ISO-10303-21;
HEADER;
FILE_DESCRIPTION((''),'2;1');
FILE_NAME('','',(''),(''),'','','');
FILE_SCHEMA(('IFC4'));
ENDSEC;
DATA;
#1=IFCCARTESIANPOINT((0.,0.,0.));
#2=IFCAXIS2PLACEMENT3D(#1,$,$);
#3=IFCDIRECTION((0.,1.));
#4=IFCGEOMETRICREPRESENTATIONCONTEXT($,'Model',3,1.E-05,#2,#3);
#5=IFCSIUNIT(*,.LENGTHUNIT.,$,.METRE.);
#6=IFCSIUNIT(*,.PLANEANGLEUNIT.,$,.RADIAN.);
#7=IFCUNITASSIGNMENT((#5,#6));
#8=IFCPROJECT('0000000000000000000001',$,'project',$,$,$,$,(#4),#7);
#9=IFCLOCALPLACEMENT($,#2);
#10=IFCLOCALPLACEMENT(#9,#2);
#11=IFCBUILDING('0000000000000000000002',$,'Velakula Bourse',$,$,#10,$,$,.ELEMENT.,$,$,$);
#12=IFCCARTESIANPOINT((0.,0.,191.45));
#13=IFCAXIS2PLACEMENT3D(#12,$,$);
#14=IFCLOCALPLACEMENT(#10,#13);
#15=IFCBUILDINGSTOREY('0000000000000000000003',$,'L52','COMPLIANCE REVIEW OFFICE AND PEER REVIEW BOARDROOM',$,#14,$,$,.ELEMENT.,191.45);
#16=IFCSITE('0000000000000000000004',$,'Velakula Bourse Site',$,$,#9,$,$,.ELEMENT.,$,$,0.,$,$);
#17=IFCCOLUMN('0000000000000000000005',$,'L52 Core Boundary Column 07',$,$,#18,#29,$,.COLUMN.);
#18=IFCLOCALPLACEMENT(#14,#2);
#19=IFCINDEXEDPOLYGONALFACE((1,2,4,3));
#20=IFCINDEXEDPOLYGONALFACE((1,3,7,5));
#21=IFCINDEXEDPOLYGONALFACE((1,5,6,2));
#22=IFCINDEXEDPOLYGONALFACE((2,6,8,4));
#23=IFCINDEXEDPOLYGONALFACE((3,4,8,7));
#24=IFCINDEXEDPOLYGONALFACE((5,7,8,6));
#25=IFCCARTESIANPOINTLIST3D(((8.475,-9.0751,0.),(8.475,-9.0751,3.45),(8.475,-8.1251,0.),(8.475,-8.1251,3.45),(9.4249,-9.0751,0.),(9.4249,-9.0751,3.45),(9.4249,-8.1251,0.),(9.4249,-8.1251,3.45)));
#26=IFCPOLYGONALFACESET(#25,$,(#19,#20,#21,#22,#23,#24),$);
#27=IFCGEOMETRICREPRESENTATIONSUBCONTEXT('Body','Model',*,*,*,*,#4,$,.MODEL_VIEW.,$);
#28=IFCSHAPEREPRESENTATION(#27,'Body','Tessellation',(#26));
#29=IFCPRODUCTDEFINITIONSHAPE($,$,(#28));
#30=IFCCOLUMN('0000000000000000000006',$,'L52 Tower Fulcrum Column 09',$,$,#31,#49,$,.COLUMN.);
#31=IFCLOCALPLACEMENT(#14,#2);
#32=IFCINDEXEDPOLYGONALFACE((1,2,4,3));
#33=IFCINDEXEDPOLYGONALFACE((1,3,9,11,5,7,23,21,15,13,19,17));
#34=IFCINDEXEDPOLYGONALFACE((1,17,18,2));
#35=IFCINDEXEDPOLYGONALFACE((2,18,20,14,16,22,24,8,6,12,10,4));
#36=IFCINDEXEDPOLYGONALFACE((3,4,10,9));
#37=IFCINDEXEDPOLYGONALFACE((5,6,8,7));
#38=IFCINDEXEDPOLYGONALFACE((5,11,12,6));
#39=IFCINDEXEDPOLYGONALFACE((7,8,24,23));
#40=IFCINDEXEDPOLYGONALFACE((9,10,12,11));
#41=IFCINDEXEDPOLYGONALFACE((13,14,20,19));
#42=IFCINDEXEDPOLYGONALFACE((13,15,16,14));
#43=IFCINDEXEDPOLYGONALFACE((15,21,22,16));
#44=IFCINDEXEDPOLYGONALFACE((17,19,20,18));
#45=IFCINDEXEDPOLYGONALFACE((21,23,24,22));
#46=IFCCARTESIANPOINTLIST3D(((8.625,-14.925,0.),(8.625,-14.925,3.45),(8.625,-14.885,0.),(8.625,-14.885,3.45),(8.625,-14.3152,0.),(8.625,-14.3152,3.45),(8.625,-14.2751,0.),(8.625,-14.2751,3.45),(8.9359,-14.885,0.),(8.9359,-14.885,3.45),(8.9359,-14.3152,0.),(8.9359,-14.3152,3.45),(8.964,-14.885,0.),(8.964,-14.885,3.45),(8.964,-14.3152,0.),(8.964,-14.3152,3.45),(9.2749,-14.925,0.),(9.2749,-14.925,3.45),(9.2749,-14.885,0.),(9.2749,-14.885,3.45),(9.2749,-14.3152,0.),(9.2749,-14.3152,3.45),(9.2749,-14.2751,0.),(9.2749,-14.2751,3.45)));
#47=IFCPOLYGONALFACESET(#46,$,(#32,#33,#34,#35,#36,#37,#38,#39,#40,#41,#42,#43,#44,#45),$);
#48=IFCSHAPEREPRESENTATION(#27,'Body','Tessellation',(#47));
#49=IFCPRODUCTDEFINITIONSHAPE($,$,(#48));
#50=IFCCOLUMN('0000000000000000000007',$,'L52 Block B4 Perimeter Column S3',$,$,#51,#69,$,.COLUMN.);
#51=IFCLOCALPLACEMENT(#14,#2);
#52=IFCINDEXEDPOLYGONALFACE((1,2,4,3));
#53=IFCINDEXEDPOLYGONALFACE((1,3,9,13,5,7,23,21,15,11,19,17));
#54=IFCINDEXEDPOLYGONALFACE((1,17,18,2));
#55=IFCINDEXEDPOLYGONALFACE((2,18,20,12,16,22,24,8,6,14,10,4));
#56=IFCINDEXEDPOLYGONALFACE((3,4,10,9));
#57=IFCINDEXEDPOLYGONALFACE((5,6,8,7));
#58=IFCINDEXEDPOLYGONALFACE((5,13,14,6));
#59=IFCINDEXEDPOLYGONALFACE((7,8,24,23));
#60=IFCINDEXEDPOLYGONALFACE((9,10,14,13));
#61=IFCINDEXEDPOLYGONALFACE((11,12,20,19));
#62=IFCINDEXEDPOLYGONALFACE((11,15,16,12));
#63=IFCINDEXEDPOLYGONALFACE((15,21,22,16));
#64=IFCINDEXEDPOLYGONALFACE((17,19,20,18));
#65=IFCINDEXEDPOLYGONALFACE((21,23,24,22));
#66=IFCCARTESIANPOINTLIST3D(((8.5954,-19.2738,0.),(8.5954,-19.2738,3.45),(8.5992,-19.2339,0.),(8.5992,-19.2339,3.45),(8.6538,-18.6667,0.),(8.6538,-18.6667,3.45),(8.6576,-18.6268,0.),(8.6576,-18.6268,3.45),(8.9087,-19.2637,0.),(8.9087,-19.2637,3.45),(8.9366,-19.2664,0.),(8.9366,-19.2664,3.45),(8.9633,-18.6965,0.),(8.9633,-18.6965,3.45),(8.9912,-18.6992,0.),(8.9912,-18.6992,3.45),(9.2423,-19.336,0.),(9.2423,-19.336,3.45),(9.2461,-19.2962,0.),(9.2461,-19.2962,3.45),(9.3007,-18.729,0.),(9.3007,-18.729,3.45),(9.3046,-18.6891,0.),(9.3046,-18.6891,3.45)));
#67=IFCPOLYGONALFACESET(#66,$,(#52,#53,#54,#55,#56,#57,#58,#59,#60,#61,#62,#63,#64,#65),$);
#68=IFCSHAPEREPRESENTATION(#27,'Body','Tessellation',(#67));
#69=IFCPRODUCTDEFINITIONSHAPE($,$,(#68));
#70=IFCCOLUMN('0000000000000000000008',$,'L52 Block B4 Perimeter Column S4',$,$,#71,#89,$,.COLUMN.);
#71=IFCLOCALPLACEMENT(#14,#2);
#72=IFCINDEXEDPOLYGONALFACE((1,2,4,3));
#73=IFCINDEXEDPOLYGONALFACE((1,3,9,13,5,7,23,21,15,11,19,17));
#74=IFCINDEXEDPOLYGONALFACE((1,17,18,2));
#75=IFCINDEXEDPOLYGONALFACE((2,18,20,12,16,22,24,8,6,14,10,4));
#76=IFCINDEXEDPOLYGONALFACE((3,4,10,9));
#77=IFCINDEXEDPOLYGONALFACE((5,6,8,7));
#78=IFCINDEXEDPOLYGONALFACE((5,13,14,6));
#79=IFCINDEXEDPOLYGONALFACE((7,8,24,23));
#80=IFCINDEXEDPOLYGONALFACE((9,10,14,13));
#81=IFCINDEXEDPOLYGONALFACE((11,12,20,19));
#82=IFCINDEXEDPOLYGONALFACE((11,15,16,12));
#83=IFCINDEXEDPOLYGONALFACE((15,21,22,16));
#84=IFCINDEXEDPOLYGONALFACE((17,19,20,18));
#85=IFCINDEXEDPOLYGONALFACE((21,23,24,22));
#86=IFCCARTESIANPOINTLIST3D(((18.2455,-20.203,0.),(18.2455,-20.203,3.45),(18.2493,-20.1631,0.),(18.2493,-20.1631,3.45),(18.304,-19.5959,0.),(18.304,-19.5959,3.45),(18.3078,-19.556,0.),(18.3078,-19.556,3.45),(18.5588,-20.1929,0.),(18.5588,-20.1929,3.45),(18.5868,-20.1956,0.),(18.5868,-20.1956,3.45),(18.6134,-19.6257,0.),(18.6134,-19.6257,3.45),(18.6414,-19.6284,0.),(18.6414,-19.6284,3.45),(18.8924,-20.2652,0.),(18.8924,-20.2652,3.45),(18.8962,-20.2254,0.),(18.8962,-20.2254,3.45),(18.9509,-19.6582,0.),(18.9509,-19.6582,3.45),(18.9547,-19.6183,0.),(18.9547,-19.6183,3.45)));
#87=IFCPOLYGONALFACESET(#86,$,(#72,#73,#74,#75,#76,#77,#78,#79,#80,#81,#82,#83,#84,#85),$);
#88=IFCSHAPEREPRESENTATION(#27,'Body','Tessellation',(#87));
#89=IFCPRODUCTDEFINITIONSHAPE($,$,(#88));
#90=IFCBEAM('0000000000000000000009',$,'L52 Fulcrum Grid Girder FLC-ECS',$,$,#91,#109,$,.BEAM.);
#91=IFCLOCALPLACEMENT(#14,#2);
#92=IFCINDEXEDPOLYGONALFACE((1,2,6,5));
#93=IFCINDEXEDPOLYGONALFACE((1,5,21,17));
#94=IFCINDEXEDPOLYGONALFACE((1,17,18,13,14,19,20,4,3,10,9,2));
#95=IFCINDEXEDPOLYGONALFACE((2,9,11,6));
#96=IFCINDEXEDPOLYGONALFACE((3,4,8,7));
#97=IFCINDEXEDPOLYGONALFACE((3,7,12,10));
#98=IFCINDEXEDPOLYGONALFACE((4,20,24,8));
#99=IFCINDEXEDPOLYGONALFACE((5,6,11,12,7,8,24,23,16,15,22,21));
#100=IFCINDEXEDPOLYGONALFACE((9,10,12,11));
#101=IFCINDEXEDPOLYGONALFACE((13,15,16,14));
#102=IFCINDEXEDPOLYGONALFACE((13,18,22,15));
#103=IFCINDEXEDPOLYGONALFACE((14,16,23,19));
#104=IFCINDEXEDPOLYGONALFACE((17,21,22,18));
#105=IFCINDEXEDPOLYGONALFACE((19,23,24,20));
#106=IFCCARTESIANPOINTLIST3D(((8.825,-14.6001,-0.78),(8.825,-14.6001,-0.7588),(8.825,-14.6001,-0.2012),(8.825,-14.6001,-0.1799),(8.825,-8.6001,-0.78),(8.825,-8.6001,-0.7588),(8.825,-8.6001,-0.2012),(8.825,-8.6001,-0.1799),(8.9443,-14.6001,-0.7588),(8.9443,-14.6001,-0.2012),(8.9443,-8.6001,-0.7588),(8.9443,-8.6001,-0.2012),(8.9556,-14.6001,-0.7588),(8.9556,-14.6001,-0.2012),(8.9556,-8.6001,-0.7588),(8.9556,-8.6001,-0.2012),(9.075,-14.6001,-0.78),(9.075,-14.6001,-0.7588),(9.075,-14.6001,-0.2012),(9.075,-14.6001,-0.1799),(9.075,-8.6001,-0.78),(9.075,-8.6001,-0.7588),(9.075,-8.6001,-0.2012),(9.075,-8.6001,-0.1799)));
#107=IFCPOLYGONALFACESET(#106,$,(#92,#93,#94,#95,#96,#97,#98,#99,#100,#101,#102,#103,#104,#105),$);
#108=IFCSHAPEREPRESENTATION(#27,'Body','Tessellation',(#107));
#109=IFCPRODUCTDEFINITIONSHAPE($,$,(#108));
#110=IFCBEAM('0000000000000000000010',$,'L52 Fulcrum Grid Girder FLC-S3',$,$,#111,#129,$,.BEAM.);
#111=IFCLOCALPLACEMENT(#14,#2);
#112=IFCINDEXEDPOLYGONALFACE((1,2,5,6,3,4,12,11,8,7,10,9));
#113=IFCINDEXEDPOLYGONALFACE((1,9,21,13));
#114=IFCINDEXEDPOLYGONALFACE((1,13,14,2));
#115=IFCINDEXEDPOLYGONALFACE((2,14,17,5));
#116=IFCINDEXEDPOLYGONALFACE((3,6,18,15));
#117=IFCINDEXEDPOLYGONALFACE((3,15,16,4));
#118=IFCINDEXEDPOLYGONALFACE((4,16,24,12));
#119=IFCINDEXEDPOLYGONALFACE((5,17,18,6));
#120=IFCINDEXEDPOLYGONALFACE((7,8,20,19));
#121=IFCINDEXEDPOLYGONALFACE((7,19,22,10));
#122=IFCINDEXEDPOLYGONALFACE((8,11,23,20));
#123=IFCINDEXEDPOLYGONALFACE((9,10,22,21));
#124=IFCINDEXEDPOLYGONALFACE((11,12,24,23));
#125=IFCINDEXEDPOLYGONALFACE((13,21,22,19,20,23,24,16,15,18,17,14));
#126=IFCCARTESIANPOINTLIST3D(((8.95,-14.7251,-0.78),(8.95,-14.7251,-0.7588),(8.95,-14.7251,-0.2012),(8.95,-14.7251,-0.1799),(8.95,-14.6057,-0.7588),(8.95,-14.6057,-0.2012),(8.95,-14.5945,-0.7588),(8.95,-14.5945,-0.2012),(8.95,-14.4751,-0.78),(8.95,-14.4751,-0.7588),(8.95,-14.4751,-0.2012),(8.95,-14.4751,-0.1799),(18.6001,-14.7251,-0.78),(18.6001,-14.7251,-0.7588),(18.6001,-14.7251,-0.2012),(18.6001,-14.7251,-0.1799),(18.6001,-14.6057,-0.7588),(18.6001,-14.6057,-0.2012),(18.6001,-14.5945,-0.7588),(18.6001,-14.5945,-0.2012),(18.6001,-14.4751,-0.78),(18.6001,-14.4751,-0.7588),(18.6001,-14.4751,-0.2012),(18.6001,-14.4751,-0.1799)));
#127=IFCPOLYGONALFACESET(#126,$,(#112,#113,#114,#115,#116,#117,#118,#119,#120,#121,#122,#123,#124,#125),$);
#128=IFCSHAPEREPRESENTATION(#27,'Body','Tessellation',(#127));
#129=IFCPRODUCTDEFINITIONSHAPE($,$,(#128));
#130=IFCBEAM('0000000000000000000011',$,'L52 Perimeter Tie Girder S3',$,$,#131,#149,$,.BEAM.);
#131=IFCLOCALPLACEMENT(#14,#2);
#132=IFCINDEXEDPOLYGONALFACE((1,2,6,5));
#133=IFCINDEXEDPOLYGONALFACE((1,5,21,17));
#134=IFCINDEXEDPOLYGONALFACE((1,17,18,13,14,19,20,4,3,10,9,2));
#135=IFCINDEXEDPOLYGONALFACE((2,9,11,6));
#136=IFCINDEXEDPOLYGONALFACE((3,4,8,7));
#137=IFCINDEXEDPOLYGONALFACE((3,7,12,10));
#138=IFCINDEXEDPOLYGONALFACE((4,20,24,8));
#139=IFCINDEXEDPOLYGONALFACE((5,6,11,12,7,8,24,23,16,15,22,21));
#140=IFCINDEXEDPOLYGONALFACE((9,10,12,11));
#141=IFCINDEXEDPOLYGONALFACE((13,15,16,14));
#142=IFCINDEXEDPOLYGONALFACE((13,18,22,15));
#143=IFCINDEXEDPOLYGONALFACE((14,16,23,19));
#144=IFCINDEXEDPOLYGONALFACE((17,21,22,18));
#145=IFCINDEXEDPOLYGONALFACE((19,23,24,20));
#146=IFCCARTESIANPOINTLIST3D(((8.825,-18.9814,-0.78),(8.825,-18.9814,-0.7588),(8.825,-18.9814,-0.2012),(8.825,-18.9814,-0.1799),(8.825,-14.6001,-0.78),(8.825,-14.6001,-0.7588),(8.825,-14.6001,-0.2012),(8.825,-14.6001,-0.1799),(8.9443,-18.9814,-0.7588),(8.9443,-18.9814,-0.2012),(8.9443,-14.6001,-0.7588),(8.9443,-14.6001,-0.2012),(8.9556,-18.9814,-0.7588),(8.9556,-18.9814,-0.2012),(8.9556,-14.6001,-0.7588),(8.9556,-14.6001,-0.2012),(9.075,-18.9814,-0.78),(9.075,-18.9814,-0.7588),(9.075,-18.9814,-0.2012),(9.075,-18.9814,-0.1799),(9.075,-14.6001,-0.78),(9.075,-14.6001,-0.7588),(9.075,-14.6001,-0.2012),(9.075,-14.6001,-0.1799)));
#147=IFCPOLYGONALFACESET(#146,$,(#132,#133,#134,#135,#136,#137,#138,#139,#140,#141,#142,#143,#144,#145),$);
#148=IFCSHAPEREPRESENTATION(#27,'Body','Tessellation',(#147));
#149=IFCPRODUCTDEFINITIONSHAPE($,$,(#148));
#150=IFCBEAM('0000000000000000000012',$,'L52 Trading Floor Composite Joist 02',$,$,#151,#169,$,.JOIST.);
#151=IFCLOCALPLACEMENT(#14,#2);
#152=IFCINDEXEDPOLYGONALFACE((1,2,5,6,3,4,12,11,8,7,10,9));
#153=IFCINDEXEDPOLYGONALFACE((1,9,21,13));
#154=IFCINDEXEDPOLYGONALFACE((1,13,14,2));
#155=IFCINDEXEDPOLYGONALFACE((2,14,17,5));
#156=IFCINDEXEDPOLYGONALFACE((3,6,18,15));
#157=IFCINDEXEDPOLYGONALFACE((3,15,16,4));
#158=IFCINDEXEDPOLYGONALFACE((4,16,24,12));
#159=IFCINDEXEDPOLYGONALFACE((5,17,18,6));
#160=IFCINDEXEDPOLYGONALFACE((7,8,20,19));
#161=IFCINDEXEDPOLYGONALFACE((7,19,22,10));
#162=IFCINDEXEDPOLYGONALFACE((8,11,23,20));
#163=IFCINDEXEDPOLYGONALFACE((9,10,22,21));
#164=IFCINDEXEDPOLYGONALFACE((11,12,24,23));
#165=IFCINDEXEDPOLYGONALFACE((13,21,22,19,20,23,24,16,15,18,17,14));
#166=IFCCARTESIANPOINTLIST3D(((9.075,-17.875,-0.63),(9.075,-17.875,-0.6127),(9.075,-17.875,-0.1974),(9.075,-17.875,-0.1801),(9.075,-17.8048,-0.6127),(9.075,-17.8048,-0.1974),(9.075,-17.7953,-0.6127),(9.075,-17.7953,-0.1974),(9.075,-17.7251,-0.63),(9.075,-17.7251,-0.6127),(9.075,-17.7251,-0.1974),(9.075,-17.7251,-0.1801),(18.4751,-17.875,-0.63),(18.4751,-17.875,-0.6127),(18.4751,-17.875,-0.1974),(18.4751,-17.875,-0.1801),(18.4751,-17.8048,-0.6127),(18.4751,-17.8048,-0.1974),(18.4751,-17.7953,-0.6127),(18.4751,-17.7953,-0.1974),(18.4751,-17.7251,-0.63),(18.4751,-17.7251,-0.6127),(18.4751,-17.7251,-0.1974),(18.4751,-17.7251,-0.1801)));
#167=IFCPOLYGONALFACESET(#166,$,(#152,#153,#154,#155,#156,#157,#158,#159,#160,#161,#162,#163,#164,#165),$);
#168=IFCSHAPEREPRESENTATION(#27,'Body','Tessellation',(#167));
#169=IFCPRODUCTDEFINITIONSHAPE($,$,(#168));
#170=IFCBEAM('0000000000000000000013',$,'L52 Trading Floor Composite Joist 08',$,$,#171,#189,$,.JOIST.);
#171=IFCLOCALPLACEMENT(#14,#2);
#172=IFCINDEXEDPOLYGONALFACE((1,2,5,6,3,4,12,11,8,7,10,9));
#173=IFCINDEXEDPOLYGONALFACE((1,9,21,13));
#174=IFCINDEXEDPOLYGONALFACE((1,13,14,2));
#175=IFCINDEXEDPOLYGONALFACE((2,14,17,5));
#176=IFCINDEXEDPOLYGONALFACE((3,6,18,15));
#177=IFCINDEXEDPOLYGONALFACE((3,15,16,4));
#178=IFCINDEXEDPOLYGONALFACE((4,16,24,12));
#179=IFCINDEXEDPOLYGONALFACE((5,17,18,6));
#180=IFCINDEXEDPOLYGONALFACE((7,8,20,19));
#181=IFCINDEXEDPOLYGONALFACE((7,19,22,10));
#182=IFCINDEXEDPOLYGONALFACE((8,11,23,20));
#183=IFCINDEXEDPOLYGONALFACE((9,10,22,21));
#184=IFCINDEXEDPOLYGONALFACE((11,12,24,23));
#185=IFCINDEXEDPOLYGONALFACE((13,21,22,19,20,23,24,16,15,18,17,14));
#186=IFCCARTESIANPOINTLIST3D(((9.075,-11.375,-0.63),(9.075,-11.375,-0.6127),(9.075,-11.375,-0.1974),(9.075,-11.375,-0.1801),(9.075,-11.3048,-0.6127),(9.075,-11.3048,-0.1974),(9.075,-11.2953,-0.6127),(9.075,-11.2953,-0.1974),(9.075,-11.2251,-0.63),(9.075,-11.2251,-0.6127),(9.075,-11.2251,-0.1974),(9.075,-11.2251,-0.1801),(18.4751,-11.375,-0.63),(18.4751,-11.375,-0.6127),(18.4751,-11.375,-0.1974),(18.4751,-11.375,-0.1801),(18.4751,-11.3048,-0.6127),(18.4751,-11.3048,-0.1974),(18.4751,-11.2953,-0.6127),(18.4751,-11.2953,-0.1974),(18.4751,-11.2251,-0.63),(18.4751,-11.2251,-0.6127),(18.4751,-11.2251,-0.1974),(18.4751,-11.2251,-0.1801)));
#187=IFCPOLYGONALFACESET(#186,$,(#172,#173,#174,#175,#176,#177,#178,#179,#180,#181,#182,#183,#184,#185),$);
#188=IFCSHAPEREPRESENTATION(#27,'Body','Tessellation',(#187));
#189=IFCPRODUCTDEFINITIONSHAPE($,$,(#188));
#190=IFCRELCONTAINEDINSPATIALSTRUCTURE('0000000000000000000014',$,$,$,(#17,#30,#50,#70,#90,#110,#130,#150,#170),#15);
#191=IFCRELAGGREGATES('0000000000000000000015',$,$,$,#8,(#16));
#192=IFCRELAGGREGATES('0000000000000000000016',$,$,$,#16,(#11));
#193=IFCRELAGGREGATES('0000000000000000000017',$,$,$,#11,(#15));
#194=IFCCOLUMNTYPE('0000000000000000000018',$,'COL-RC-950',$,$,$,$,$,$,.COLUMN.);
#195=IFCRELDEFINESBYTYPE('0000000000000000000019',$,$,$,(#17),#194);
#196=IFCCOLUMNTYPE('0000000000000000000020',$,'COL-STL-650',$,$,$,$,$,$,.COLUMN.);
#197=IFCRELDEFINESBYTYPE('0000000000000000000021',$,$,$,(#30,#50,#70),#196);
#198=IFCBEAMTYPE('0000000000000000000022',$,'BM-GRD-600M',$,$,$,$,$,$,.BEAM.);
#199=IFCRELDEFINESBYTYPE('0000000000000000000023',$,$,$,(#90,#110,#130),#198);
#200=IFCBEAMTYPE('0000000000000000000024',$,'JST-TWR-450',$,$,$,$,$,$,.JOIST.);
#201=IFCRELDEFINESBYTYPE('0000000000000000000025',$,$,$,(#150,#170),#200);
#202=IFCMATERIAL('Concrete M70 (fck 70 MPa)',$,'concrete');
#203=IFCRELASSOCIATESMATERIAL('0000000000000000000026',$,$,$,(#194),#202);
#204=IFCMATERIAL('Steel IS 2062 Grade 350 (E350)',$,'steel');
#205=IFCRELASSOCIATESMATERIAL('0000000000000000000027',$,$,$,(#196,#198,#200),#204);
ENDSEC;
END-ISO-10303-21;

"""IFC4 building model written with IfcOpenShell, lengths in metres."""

from ifc_helpers import new_model, si_unit, direction, frame, origin, origin_2d, place, context, subcontext, project, spatial, rectangle, i_section, extrude, material, material_profile, profile_set, type_object, element, save


model = new_model("IFC4")

# Units and contexts
model_context = context("Model", 3, precision=1e-05, world=origin(), true_north=direction((0.0, 1.0)))
body_context = subcontext(model_context, "Body", "Model", "MODEL_VIEW")
ifc_project = project(units=[si_unit("LENGTHUNIT", "METRE"), si_unit("PLANEANGLEUNIT", "RADIAN")], contexts=[model_context])

# Site, building, storey
site_placement = place(None, origin())
site = spatial("IfcSite", under=ifc_project, at=site_placement, Name="Velakula Bourse Site", CompositionType="ELEMENT", RefElevation=0.0)
building_placement = place(site_placement, origin())
building = spatial("IfcBuilding", under=site, at=building_placement, Name="Velakula Bourse", CompositionType="ELEMENT")
storey_placement = place(building_placement, frame((0.0, 0.0, 191.45)))
storey = spatial("IfcBuildingStorey", under=building, at=storey_placement, Name="L52", Description="COMPLIANCE REVIEW OFFICE AND PEER REVIEW BOARDROOM", CompositionType="ELEMENT", Elevation=191.45)

# Columns
ifc_material_1 = material(Name="Concrete M70 (fck 70 MPa)", Category="concrete")
ifc_material_profile_1 = material_profile(ifc_material_1, rectangle(XDim=0.95, YDim=0.95, at=origin_2d()), Name="Concrete M70 (fck 70 MPa)")
ifc_profile_set_1 = profile_set([ifc_material_profile_1], Name="Concrete M70 (fck 70 MPa)")
column_type_1 = type_object("IfcColumnType", Name="COL-RC-950", PredefinedType="COLUMN", material=ifc_profile_set_1)
column_placement = place(storey_placement, frame((8.95, -8.6001, 0.0), z_axis=(0.0, 0.0, 1.0), x_axis=(1.0, 0.0, 0.0)))
element("IfcColumn", 1, at=column_placement, inside=storey, type_object=column_type_1, Name="L52 Core Boundary Column 07", PredefinedType="COLUMN", context=body_context, shape_type="SweptSolid", body=[
    extrude(rectangle(XDim=0.95, YDim=0.95, at=origin_2d()), origin(), (0.0, 0.0, 1.0), 3.45),
])
ifc_material_2 = material(Name="Steel IS 2062 Grade 350 (E350)", Category="steel")
ifc_material_profile_2 = material_profile(ifc_material_2, i_section(OverallWidth=0.6499, OverallDepth=0.6499, WebThickness=0.0281, FlangeThickness=0.04, at=origin_2d()), Name="Steel IS 2062 Grade 350 (E350)")
ifc_profile_set_2 = profile_set([ifc_material_profile_2], Name="Steel IS 2062 Grade 350 (E350)")
column_type_2 = type_object("IfcColumnType", Name="COL-STL-650", PredefinedType="COLUMN", material=ifc_profile_set_2)
for number, where, z_axis, x_axis, name in (
    (2, (8.95, -14.6001, 0.0), (0.0, 0.0, 1.0), (1.0, 0.0, 0.0), "L52 Tower Fulcrum Column 09"),
    (3, (8.95, -18.9814, 0.0), (0.0, 0.0, 1.0), (0.995396, -0.095846, 0.0), "L52 Block B4 Perimeter Column S3"),
    (4, (18.6001, -19.9106, 0.0), (0.0, 0.0, 1.0), (0.995396, -0.095846, 0.0), "L52 Block B4 Perimeter Column S4"),
):
    element("IfcColumn", number, at=place(storey_placement, frame(where, z_axis=z_axis, x_axis=x_axis)), inside=storey, type_object=column_type_2, Name=name, PredefinedType="COLUMN", context=body_context, shape_type="SweptSolid", body=[
        extrude(i_section(OverallWidth=0.6499, OverallDepth=0.6499, WebThickness=0.0281, FlangeThickness=0.04, at=origin_2d()), origin(), (0.0, 0.0, 1.0), 3.45),
    ])

# Beams
ifc_material_profile_3 = material_profile(ifc_material_2, i_section(OverallWidth=0.25, OverallDepth=0.6001, WebThickness=0.0112, FlangeThickness=0.0212, at=origin_2d()), Name="Steel IS 2062 Grade 350 (E350)")
ifc_profile_set_3 = profile_set([ifc_material_profile_3], Name="Steel IS 2062 Grade 350 (E350)")
beam_type_1 = type_object("IfcBeamType", Name="BM-GRD-600M", PredefinedType="BEAM", material=ifc_profile_set_3)
beam_1_placement = place(storey_placement, frame((8.95, -14.6001, -0.48), z_axis=(0.0, 1.0, 0.0), x_axis=(-1.0, 0.0, 0.0)))
element("IfcBeam", 5, at=beam_1_placement, inside=storey, type_object=beam_type_1, Name="L52 Fulcrum Grid Girder FLC-ECS", PredefinedType="BEAM", context=body_context, shape_type="SweptSolid", body=[
    extrude(i_section(OverallWidth=0.25, OverallDepth=0.6001, WebThickness=0.0112, FlangeThickness=0.0212, at=origin_2d()), origin(), (0.0, 0.0, 1.0), 6.0),
])
beam_2_placement = place(storey_placement, frame((8.95, -14.6001, -0.48), z_axis=(1.0, 0.0, 0.0), x_axis=(0.0, 1.0, 0.0)))
element("IfcBeam", 6, at=beam_2_placement, inside=storey, type_object=beam_type_1, Name="L52 Fulcrum Grid Girder FLC-S3", PredefinedType="BEAM", context=body_context, shape_type="SweptSolid", body=[
    extrude(i_section(OverallWidth=0.25, OverallDepth=0.6001, WebThickness=0.0112, FlangeThickness=0.0212, at=origin_2d()), origin(), (0.0, 0.0, 1.0), 9.6501),
])
beam_3_placement = place(storey_placement, frame((8.95, -14.6001, -0.48), z_axis=(0.0, -1.0, 0.0), x_axis=(1.0, 0.0, 0.0)))
element("IfcBeam", 7, at=beam_3_placement, inside=storey, type_object=beam_type_1, Name="L52 Perimeter Tie Girder S3", PredefinedType="BEAM", context=body_context, shape_type="SweptSolid", body=[
    extrude(i_section(OverallWidth=0.25, OverallDepth=0.6001, WebThickness=0.0112, FlangeThickness=0.0212, at=origin_2d()), origin(), (0.0, 0.0, 1.0), 4.3813),
])
ifc_material_profile_4 = material_profile(ifc_material_2, i_section(OverallWidth=0.1499, OverallDepth=0.45, WebThickness=0.0095, FlangeThickness=0.0173, at=origin_2d()), Name="Steel IS 2062 Grade 350 (E350)")
ifc_profile_set_4 = profile_set([ifc_material_profile_4], Name="Steel IS 2062 Grade 350 (E350)")
beam_type_2 = type_object("IfcBeamType", Name="JST-TWR-450", PredefinedType="JOIST", material=ifc_profile_set_4)
for number, where, z_axis, x_axis, name in (
    (8, (9.075, -17.8, -0.405), (1.0, 0.0, 0.0), (0.0, 1.0, 0.0), "L52 Trading Floor Composite Joist 02"),
    (9, (9.075, -11.3, -0.405), (1.0, 0.0, 0.0), (0.0, 1.0, 0.0), "L52 Trading Floor Composite Joist 08"),
):
    element("IfcBeam", number, at=place(storey_placement, frame(where, z_axis=z_axis, x_axis=x_axis)), inside=storey, type_object=beam_type_2, Name=name, PredefinedType="JOIST", context=body_context, shape_type="SweptSolid", body=[
        extrude(i_section(OverallWidth=0.1499, OverallDepth=0.45, WebThickness=0.0095, FlangeThickness=0.0173, at=origin_2d()), origin(), (0.0, 0.0, 1.0), 9.4001),
    ])

save(model, "model.ifc")
